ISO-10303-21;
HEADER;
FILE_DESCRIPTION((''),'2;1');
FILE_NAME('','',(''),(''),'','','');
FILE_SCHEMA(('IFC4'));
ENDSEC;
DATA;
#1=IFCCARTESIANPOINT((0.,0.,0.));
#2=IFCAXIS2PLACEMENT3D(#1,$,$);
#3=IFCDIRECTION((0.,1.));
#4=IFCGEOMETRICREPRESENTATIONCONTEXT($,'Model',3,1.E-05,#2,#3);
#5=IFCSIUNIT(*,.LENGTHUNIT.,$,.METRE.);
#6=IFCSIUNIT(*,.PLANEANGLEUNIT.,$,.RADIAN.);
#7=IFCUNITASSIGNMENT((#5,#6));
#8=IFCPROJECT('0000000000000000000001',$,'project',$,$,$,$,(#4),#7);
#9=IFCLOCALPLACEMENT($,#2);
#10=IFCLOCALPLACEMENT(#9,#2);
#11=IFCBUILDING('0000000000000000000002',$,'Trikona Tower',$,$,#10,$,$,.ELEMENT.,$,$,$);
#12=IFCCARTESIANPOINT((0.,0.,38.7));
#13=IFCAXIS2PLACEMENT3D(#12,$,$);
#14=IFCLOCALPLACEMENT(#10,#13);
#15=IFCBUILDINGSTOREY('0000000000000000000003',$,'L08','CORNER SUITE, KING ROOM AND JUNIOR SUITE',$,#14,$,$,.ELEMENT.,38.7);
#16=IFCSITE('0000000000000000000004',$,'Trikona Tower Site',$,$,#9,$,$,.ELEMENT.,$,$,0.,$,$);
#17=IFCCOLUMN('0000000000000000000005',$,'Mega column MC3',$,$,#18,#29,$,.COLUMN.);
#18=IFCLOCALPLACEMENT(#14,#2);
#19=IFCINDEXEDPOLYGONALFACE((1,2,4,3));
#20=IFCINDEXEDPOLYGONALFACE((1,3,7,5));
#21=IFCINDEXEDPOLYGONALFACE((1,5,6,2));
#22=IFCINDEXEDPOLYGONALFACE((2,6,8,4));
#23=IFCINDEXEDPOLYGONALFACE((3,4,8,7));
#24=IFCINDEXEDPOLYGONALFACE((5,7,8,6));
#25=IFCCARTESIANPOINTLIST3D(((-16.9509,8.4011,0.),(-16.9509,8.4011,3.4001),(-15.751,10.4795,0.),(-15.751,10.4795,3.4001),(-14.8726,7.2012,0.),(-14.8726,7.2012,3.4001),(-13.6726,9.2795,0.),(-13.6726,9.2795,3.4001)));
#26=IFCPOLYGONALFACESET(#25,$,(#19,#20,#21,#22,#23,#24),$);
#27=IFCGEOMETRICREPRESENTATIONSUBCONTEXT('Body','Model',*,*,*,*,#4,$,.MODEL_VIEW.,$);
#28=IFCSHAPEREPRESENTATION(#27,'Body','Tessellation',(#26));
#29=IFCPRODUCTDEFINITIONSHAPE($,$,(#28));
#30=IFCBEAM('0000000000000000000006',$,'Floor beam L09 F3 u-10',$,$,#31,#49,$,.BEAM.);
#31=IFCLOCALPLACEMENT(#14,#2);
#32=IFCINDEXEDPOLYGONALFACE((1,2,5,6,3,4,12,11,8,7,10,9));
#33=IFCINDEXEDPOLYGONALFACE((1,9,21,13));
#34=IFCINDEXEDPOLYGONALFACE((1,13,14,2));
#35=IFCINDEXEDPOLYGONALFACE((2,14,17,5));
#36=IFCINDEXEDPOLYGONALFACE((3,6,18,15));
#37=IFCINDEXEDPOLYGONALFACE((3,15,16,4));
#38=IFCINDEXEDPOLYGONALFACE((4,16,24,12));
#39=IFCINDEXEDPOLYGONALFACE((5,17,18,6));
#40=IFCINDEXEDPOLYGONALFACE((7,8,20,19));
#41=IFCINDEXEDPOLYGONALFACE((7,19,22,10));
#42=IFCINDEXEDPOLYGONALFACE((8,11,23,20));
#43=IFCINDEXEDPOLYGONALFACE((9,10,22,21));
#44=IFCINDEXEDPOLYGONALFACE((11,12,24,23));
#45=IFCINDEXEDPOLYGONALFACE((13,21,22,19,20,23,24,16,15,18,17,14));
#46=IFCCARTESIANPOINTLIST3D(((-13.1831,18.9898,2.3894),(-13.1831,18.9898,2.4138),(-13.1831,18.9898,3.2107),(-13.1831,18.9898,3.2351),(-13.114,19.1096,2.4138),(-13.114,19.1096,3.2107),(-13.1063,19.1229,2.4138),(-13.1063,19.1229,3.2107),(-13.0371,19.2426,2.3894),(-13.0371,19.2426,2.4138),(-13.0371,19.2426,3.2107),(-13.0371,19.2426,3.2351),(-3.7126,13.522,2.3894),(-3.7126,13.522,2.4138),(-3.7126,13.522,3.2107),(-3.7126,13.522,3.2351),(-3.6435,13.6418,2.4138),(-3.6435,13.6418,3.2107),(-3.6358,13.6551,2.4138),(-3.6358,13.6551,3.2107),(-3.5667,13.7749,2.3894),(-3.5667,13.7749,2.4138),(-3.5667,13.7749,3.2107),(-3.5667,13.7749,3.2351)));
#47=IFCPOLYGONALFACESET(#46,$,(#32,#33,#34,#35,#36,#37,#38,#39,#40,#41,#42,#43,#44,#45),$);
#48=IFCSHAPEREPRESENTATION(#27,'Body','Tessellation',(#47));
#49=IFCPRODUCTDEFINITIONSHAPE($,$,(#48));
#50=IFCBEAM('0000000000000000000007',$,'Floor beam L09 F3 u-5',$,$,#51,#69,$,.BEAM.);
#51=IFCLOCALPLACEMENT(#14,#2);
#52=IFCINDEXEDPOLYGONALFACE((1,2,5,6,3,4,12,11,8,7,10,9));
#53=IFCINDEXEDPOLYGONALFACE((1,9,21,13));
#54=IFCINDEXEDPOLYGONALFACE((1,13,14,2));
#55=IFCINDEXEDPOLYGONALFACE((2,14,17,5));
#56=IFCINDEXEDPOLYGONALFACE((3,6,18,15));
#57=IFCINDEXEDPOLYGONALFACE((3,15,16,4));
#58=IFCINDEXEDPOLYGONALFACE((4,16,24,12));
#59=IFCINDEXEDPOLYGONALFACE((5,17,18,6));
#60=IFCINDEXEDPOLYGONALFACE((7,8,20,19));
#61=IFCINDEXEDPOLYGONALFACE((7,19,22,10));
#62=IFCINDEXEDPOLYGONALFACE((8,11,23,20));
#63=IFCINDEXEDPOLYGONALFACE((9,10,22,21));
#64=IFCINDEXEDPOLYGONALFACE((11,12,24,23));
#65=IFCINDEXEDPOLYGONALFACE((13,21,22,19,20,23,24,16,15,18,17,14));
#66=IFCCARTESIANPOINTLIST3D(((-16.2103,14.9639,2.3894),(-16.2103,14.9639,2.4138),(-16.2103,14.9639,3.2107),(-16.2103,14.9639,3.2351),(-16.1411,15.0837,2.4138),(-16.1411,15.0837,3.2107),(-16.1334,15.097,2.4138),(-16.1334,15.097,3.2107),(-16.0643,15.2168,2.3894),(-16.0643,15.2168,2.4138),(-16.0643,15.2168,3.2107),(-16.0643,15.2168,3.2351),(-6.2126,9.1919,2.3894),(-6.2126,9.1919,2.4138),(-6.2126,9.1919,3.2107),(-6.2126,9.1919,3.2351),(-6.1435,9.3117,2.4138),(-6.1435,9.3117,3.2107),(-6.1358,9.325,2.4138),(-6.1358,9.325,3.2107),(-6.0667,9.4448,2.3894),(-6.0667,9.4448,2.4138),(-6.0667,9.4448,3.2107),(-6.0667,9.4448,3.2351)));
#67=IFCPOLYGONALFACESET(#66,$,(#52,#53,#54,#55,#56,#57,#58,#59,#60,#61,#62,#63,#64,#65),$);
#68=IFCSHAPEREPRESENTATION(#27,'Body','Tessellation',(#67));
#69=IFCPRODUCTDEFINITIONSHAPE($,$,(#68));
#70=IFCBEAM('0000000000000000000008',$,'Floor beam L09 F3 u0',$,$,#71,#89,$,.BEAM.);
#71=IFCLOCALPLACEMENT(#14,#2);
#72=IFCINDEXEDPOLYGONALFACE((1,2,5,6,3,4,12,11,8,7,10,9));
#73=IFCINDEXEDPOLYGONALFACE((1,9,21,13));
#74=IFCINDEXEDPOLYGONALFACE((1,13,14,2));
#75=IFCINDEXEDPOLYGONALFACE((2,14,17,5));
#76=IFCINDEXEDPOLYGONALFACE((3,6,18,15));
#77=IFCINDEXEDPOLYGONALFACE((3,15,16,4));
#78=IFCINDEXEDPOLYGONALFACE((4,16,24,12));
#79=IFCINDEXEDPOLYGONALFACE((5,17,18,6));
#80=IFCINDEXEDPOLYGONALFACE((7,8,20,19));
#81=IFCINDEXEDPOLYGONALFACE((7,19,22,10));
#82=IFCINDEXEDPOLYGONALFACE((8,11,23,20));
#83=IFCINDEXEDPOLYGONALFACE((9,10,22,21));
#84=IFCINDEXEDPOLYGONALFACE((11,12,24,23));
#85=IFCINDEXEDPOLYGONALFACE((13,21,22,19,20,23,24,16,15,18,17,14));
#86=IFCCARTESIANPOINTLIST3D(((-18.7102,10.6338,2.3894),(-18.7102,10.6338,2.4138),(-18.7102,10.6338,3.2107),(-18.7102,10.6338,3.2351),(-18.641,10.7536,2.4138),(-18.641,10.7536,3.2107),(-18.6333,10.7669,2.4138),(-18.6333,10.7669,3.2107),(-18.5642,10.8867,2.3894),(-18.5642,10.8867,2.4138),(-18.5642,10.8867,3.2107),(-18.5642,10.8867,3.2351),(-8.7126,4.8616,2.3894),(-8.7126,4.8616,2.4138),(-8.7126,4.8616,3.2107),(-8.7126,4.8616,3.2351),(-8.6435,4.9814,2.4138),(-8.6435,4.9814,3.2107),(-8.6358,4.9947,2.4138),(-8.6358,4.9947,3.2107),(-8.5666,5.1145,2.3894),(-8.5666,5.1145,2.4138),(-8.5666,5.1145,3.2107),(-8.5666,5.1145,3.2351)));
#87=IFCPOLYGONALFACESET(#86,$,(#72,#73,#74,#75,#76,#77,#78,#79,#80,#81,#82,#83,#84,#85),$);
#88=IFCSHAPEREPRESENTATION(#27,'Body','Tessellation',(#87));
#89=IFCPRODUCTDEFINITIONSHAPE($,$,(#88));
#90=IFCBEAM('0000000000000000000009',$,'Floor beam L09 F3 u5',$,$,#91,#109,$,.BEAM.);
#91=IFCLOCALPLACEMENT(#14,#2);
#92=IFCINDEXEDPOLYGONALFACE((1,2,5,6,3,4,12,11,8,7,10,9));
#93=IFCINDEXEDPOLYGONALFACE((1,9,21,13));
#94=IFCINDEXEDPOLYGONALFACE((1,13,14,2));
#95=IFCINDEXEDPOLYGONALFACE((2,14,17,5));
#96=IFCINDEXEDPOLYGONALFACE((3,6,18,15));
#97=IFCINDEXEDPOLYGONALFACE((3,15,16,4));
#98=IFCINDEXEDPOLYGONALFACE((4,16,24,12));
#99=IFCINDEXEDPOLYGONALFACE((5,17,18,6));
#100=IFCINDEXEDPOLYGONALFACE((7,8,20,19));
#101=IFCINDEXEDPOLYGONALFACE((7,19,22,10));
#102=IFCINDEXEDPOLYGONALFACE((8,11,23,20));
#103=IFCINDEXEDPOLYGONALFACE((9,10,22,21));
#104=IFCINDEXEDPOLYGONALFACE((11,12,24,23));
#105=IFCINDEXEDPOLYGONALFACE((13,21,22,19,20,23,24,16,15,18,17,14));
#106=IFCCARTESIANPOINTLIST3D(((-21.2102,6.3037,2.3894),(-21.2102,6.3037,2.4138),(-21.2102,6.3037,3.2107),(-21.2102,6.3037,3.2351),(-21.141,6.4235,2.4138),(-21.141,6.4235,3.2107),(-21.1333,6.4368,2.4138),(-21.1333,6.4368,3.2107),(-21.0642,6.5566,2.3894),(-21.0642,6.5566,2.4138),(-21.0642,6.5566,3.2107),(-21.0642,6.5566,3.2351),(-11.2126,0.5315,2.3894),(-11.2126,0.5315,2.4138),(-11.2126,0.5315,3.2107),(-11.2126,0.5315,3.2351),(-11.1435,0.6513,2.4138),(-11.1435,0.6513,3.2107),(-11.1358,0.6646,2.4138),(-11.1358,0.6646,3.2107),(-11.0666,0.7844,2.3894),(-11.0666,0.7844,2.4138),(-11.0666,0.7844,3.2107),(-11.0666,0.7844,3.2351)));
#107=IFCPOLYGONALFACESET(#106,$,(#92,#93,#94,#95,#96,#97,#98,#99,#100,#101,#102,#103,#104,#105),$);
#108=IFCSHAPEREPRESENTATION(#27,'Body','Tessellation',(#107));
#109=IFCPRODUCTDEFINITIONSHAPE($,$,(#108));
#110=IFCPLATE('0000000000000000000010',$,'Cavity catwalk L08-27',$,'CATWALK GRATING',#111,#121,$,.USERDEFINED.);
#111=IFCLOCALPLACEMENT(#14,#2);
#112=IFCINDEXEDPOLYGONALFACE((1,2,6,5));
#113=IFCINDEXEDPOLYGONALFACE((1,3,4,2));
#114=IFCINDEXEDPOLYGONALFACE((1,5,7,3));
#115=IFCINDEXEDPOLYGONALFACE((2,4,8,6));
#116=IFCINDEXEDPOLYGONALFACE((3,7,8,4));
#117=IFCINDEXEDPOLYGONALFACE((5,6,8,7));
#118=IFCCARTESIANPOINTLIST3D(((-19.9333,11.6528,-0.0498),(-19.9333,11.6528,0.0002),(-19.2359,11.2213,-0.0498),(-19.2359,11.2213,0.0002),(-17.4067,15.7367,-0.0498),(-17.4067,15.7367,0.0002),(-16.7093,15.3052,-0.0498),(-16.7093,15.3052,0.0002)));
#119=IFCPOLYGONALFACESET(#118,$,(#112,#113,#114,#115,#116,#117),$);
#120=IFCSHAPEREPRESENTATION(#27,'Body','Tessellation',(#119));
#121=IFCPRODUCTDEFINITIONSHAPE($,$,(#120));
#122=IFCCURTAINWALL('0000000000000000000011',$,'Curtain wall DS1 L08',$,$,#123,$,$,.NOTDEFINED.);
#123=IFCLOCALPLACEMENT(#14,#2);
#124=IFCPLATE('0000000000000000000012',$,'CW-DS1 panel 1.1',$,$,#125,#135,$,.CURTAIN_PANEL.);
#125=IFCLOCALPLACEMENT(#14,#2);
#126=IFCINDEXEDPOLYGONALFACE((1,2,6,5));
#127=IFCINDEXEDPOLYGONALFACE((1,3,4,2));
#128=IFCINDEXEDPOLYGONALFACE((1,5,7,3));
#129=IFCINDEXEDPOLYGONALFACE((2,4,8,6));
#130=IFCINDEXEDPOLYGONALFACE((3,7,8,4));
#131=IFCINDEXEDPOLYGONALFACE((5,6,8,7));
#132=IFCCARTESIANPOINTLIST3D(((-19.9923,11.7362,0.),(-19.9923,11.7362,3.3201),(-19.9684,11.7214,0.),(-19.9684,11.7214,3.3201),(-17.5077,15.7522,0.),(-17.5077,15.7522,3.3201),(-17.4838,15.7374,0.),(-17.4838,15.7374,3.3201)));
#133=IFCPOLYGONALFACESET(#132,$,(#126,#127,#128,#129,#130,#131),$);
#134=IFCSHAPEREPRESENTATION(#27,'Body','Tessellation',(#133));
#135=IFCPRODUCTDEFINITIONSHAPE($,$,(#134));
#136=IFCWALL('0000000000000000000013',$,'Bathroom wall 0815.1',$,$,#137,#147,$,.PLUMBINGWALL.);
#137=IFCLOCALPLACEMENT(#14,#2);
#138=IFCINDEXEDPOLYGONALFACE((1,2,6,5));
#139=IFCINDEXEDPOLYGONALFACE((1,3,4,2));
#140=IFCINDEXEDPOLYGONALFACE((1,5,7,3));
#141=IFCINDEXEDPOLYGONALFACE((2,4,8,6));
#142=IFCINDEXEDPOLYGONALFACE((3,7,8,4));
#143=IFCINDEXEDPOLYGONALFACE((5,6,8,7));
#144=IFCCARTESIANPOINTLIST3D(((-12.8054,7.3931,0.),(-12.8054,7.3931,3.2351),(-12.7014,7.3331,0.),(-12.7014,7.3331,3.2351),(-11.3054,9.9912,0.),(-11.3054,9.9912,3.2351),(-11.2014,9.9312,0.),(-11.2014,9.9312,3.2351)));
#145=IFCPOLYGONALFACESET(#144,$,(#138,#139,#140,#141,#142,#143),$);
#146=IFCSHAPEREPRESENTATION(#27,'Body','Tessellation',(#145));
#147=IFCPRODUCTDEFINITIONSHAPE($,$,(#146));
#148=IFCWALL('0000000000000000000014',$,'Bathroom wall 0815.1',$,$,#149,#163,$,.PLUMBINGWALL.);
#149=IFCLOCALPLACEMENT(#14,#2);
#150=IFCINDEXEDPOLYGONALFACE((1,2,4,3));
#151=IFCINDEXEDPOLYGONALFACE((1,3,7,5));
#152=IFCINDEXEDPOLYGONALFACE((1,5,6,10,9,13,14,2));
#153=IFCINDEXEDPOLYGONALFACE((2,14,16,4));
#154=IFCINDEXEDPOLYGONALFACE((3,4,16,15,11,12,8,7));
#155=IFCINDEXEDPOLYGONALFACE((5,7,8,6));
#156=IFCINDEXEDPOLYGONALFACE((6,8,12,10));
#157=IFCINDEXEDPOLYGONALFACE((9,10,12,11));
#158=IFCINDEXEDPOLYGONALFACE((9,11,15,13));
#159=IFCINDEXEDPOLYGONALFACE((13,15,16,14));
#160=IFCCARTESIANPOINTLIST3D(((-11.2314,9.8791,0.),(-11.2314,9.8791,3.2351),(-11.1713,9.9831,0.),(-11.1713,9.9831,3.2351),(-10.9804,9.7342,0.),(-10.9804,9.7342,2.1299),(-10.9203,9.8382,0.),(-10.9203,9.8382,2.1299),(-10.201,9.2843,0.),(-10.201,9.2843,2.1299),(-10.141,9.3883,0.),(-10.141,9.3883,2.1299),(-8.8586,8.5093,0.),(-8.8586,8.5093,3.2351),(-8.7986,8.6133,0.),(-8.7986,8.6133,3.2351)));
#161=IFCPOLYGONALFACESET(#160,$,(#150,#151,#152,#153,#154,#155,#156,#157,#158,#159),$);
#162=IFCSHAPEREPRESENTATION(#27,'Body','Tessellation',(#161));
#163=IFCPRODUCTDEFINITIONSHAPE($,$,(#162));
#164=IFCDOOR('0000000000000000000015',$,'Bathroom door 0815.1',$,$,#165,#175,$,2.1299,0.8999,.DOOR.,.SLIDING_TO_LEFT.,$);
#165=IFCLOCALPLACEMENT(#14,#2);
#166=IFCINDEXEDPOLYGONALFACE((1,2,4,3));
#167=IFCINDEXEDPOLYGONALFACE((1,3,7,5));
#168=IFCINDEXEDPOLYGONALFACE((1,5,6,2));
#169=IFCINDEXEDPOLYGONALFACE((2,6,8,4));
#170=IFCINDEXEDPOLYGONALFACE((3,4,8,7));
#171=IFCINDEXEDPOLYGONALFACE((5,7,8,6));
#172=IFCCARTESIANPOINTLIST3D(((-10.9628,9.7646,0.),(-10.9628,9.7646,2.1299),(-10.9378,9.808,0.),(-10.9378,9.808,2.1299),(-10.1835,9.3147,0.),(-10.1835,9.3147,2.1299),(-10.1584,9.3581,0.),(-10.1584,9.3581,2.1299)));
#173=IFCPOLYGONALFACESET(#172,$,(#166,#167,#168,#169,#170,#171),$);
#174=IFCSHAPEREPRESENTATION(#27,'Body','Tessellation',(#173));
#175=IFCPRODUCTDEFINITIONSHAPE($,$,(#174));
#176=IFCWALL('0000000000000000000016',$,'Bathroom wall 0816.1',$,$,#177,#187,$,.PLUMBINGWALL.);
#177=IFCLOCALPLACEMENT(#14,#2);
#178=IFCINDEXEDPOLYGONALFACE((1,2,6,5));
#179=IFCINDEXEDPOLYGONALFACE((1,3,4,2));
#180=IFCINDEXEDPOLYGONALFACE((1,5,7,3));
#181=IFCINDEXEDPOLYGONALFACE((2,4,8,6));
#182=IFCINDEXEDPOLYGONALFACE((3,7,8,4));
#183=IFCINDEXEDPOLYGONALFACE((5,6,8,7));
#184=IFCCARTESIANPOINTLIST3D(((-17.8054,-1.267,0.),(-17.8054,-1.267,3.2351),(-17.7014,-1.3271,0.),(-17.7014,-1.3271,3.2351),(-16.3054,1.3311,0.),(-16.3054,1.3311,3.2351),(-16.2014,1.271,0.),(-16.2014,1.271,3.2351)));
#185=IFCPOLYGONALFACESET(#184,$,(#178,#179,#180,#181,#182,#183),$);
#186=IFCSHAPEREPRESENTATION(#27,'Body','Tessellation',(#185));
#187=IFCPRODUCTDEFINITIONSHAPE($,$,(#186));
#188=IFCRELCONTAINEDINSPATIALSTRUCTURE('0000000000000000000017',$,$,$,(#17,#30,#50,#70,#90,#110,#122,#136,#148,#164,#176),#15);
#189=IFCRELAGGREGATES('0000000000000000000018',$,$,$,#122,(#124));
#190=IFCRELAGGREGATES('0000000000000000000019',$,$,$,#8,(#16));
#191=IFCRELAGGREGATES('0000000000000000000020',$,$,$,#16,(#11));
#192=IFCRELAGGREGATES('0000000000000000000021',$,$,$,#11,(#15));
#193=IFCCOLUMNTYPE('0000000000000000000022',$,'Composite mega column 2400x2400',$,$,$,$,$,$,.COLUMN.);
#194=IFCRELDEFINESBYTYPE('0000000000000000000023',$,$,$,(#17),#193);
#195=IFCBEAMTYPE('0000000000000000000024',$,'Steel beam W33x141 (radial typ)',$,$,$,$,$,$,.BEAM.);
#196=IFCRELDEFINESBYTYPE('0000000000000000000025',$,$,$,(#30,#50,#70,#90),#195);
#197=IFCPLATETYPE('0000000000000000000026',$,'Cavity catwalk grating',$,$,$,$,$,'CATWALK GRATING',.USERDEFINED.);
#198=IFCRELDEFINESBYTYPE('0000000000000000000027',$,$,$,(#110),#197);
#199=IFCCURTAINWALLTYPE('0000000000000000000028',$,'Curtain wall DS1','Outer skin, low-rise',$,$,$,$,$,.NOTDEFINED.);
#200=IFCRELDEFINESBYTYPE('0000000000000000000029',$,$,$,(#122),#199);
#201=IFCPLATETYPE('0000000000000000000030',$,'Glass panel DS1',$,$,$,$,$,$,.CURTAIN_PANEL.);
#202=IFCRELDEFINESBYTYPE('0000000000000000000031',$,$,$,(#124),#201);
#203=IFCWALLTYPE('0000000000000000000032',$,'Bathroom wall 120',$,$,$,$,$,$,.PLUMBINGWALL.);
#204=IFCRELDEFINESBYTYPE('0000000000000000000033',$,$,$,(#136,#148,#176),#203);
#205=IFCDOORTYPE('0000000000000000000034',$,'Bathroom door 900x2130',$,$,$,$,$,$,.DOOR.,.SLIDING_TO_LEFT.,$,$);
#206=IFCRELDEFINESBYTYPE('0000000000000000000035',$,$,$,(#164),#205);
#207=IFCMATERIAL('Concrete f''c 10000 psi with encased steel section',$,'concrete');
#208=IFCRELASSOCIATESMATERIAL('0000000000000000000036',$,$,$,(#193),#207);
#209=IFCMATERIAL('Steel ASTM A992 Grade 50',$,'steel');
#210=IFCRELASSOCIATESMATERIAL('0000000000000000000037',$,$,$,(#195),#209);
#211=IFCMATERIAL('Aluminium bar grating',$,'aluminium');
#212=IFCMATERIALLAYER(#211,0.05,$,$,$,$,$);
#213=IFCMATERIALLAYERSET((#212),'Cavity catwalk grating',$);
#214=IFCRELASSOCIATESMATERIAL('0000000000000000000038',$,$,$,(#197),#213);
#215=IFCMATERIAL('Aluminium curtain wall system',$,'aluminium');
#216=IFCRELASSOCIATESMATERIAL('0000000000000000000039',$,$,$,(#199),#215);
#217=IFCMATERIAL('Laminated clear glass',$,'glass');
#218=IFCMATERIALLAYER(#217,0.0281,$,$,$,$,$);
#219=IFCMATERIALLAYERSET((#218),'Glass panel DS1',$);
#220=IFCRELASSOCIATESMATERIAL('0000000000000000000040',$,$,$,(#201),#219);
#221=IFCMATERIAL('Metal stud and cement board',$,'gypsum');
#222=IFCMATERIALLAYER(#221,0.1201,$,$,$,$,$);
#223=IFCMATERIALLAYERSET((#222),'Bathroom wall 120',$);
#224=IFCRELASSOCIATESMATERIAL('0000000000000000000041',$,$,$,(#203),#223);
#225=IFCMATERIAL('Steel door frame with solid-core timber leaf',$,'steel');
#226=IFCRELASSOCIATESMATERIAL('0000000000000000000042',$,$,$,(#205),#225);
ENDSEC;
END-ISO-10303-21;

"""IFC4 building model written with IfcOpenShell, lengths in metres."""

from ifc_helpers import new_model, si_unit, direction, frame, frame_2d, origin, origin_2d, place, context, subcontext, project, spatial, rectangle, i_section, extrude, material, layer, layer_set, material_profile, profile_set, type_object, element, fill, aggregate, save


model = new_model("IFC4")

# Units and contexts
model_context = context("Model", 3, precision=1e-05, world=origin(), true_north=direction((0.0, 1.0)))
body_context = subcontext(model_context, "Body", "Model", "MODEL_VIEW")
ifc_project = project(units=[si_unit("LENGTHUNIT", "METRE"), si_unit("PLANEANGLEUNIT", "RADIAN")], contexts=[model_context])

# Site, building, storey
site_placement = place(None, origin())
site = spatial("IfcSite", under=ifc_project, at=site_placement, Name="Trikona Tower Site", CompositionType="ELEMENT", RefElevation=0.0)
building_placement = place(site_placement, origin())
building = spatial("IfcBuilding", under=site, at=building_placement, Name="Trikona Tower", CompositionType="ELEMENT")
storey_placement = place(building_placement, frame((0.0, 0.0, 38.7)))
storey = spatial("IfcBuildingStorey", under=building, at=storey_placement, Name="L08", Description="CORNER SUITE, KING ROOM AND JUNIOR SUITE", CompositionType="ELEMENT", Elevation=38.7)

# Column
ifc_material_1 = material(Name="Concrete f'c 10000 psi with encased steel section", Category="concrete")
ifc_material_profile_1 = material_profile(ifc_material_1, rectangle(XDim=2.3999, YDim=2.3999, at=origin_2d()), Name="MC2400")
ifc_profile_set_1 = profile_set([ifc_material_profile_1], Name="Concrete f'c 10000 psi with encased steel section")
column_type = type_object("IfcColumnType", Name="Composite mega column 2400x2400", PredefinedType="COLUMN", material=ifc_profile_set_1)
column_placement = place(storey_placement, frame((-15.3118, 8.8403, 0.0), z_axis=(0.0, 0.0, 1.0), x_axis=(-0.866025, 0.5, 0.0)))
element("IfcColumn", 1, at=column_placement, inside=storey, type_object=column_type, Name="Mega column MC3", PredefinedType="COLUMN", context=body_context, shape_type="SweptSolid", body=[
    extrude(rectangle(XDim=2.3999, YDim=2.3999, at=origin_2d()), origin(), (0.0, 0.0, 1.0), 3.4001),
])

# Beams
ifc_material_2 = material(Name="Steel ASTM A992 Grade 50", Category="steel")
ifc_material_profile_2 = material_profile(ifc_material_2, i_section(OverallWidth=0.292, OverallDepth=0.8457, WebThickness=0.0154, FlangeThickness=0.0244, at=origin_2d()), Name="W33X141")
ifc_profile_set_2 = profile_set([ifc_material_profile_2], Name="Steel ASTM A992 Grade 50")
beam_type = type_object("IfcBeamType", Name="Steel beam W33x141 (radial typ)", PredefinedType="BEAM", material=ifc_profile_set_2)
beam_placement = place(storey_placement, frame((-3.6396, 13.6484, 2.8123), z_axis=(-0.866025, 0.5, 0.0), x_axis=(-0.5, -0.866025, 0.0)))
element("IfcBeam", 2, at=beam_placement, inside=storey, type_object=beam_type, Name="Floor beam L09 F3 u-10", PredefinedType="BEAM", context=body_context, shape_type="SweptSolid", body=[
    extrude(i_section(OverallWidth=0.292, OverallDepth=0.8457, WebThickness=0.0154, FlangeThickness=0.0244, at=origin_2d()), origin(), (0.0, 0.0, 1.0), 10.9355),
])
for number, where, z_axis, x_axis, name in (
    (3, (-6.1396, 9.3184, 2.8123), (-0.86603, 0.499992, 0.0), (-0.499992, -0.86603, 0.0), "Floor beam L09 F3 u-5"),
    (4, (-8.6396, 4.988, 2.8123), (-0.866021, 0.500008, 0.0), (-0.500008, -0.866021, 0.0), "Floor beam L09 F3 u0"),
    (5, (-11.1396, 0.658, 2.8123), (-0.866021, 0.500008, 0.0), (-0.500008, -0.866021, 0.0), "Floor beam L09 F3 u5"),
):
    element("IfcBeam", number, at=place(storey_placement, frame(where, z_axis=z_axis, x_axis=x_axis)), inside=storey, type_object=beam_type, Name=name, PredefinedType="BEAM", context=body_context, shape_type="SweptSolid", body=[
        extrude(i_section(OverallWidth=0.292, OverallDepth=0.8457, WebThickness=0.0154, FlangeThickness=0.0244, at=origin_2d()), origin(), (0.0, 0.0, 1.0), 11.5442),
    ])

# Plate
ifc_material_3 = material(Name="Aluminium bar grating", Category="aluminium")
ifc_layer_1 = layer(ifc_material_3, 0.05)
ifc_layer_set_1 = layer_set([ifc_layer_1], Name="Cavity catwalk grating")
plate_type_1 = type_object("IfcPlateType", Name="Cavity catwalk grating", ElementType="CATWALK GRATING", PredefinedType="USERDEFINED", material=ifc_layer_set_1)
plate_1_placement = place(storey_placement, frame((-18.3213, 13.479, -0.0498), z_axis=(0.0, 0.0, 1.0), x_axis=(-0.526119, -0.850411, 0.0)))
element("IfcPlate", 6, at=plate_1_placement, inside=storey, type_object=plate_type_1, Name="Cavity catwalk L08-27", ObjectType="CATWALK GRATING", PredefinedType="USERDEFINED", context=body_context, shape_type="SweptSolid", body=[
    extrude(rectangle(XDim=4.8022, YDim=0.8201, at=origin_2d()), origin(), (0.0, 0.0, 1.0), 0.05),
])

# Curtain wall, plate
ifc_material_4 = material(Name="Aluminium curtain wall system", Category="aluminium")
curtain_wall_type = type_object("IfcCurtainWallType", Name="Curtain wall DS1", Description="Outer skin, low-rise", PredefinedType="NOTDEFINED", material=ifc_material_4)
curtain_wall_placement = place(storey_placement, origin())
curtain_wall = element("IfcCurtainWall", 7, at=curtain_wall_placement, inside=storey, type_object=curtain_wall_type, Name="Curtain wall DS1 L08", PredefinedType="NOTDEFINED")
ifc_material_5 = material(Name="Laminated clear glass", Category="glass")
ifc_layer_2 = layer(ifc_material_5, 0.0281)
ifc_layer_set_2 = layer_set([ifc_layer_2], Name="Glass panel DS1")
plate_type_2 = type_object("IfcPlateType", Name="Glass panel DS1", PredefinedType="CURTAIN_PANEL", material=ifc_layer_set_2)
plate_2_placement = place(storey_placement, frame((-18.738, 13.7368, 0.0), z_axis=(0.0, 0.0, 1.0), x_axis=(-0.52612, -0.85041, 0.0)))
plate_2 = element("IfcPlate", 8, at=plate_2_placement, type_object=plate_type_2, Name="CW-DS1 panel 1.1", PredefinedType="CURTAIN_PANEL", context=body_context, shape_type="SweptSolid", body=[
    extrude(rectangle(XDim=4.7224, YDim=0.0281, at=origin_2d()), origin(), (0.0, 0.0, 1.0), 3.3201),
])
aggregate(curtain_wall, [plate_2])

# Wall
ifc_material_6 = material(Name="Metal stud and cement board", Category="gypsum")
ifc_layer_3 = layer(ifc_material_6, 0.1201)
ifc_layer_set_3 = layer_set([ifc_layer_3], Name="Bathroom wall 120")
wall_type_1 = type_object("IfcWallType", Name="Bathroom wall 120", PredefinedType="PLUMBINGWALL", material=ifc_layer_set_3)
wall_1_placement = place(storey_placement, frame((-11.2534, 9.9612, 0.0), z_axis=(0.0, 0.0, 1.0), x_axis=(-0.49999, -0.866031, 0.0)))
element("IfcWall", 9, at=wall_1_placement, inside=storey, type_object=wall_type_1, Name="Bathroom wall 0815.1", PredefinedType="PLUMBINGWALL", context=body_context, shape_type="SweptSolid", body=[
    extrude(rectangle(XDim=3.0, YDim=0.1201, at=frame_2d((1.5, 0.0))), origin(), (0.0, 0.0, 1.0), 3.2351),
])

# Wall, opening, door
wall_2_placement = place(storey_placement, frame((-8.8286, 8.5613, 0.0), z_axis=(0.0, 0.0, 1.0), x_axis=(-0.866036, 0.499982, 0.0)))
wall_2 = element("IfcWall", 10, at=wall_2_placement, inside=storey, type_object=wall_type_1, Name="Bathroom wall 0815.1", PredefinedType="PLUMBINGWALL", context=body_context, shape_type="SweptSolid", body=[
    extrude(rectangle(XDim=2.7397, YDim=0.1201, at=frame_2d((1.3699, 0.0))), origin(), (0.0, 0.0, 1.0), 3.2351),
])
opening_1_placement = place(wall_2_placement, frame((1.55, 0.0, 0.0)))
opening_1 = element("IfcOpeningElement", 11, at=opening_1_placement, cuts=wall_2, PredefinedType="OPENING", context=body_context, shape_type="SweptSolid", body=[
    extrude(rectangle(XDim=0.8999, YDim=2.1299, at=frame_2d((0.45, 1.0649))), frame((0.0, 0.0701, 0.0), z_axis=(0.0, -1.0, 0.0), x_axis=(1.0, 0.0, 0.0)), (0.0, 0.0, 1.0), 0.1401),
])
ifc_material_7 = material(Name="Steel door frame with solid-core timber leaf", Category="steel")
door_type_1 = type_object("IfcDoorType", Name="Bathroom door 900x2130", OperationType="SLIDING_TO_LEFT", PredefinedType="DOOR", material=ifc_material_7)
door_1_placement = place(opening_1_placement, origin())
door_1 = element("IfcDoor", 12, at=door_1_placement, inside=storey, type_object=door_type_1, Name="Bathroom door 0815.1", OperationType="SLIDING_TO_LEFT", OverallHeight=2.1299, OverallWidth=0.8999, PredefinedType="DOOR", context=body_context, shape_type="SweptSolid", body=[
    extrude(rectangle(XDim=0.8999, YDim=2.1299, at=frame_2d((0.45, 1.0649))), frame((0.0, 0.0249, 0.0), z_axis=(0.0, -1.0, 0.0), x_axis=(1.0, 0.0, 0.0)), (0.0, 0.0, 1.0), 0.05),
])
fill(opening_1, door_1)

# Wall
wall_3_placement = place(storey_placement, frame((-16.2534, 1.301, 0.0), z_axis=(0.0, 0.0, 1.0), x_axis=(-0.49999, -0.866031, 0.0)))
element("IfcWall", 13, at=wall_3_placement, inside=storey, type_object=wall_type_1, Name="Bathroom wall 0816.1", PredefinedType="PLUMBINGWALL", context=body_context, shape_type="SweptSolid", body=[
    extrude(rectangle(XDim=3.0, YDim=0.1201, at=frame_2d((1.5, 0.0))), origin(), (0.0, 0.0, 1.0), 3.2351),
])

save(model, "model.ifc")
